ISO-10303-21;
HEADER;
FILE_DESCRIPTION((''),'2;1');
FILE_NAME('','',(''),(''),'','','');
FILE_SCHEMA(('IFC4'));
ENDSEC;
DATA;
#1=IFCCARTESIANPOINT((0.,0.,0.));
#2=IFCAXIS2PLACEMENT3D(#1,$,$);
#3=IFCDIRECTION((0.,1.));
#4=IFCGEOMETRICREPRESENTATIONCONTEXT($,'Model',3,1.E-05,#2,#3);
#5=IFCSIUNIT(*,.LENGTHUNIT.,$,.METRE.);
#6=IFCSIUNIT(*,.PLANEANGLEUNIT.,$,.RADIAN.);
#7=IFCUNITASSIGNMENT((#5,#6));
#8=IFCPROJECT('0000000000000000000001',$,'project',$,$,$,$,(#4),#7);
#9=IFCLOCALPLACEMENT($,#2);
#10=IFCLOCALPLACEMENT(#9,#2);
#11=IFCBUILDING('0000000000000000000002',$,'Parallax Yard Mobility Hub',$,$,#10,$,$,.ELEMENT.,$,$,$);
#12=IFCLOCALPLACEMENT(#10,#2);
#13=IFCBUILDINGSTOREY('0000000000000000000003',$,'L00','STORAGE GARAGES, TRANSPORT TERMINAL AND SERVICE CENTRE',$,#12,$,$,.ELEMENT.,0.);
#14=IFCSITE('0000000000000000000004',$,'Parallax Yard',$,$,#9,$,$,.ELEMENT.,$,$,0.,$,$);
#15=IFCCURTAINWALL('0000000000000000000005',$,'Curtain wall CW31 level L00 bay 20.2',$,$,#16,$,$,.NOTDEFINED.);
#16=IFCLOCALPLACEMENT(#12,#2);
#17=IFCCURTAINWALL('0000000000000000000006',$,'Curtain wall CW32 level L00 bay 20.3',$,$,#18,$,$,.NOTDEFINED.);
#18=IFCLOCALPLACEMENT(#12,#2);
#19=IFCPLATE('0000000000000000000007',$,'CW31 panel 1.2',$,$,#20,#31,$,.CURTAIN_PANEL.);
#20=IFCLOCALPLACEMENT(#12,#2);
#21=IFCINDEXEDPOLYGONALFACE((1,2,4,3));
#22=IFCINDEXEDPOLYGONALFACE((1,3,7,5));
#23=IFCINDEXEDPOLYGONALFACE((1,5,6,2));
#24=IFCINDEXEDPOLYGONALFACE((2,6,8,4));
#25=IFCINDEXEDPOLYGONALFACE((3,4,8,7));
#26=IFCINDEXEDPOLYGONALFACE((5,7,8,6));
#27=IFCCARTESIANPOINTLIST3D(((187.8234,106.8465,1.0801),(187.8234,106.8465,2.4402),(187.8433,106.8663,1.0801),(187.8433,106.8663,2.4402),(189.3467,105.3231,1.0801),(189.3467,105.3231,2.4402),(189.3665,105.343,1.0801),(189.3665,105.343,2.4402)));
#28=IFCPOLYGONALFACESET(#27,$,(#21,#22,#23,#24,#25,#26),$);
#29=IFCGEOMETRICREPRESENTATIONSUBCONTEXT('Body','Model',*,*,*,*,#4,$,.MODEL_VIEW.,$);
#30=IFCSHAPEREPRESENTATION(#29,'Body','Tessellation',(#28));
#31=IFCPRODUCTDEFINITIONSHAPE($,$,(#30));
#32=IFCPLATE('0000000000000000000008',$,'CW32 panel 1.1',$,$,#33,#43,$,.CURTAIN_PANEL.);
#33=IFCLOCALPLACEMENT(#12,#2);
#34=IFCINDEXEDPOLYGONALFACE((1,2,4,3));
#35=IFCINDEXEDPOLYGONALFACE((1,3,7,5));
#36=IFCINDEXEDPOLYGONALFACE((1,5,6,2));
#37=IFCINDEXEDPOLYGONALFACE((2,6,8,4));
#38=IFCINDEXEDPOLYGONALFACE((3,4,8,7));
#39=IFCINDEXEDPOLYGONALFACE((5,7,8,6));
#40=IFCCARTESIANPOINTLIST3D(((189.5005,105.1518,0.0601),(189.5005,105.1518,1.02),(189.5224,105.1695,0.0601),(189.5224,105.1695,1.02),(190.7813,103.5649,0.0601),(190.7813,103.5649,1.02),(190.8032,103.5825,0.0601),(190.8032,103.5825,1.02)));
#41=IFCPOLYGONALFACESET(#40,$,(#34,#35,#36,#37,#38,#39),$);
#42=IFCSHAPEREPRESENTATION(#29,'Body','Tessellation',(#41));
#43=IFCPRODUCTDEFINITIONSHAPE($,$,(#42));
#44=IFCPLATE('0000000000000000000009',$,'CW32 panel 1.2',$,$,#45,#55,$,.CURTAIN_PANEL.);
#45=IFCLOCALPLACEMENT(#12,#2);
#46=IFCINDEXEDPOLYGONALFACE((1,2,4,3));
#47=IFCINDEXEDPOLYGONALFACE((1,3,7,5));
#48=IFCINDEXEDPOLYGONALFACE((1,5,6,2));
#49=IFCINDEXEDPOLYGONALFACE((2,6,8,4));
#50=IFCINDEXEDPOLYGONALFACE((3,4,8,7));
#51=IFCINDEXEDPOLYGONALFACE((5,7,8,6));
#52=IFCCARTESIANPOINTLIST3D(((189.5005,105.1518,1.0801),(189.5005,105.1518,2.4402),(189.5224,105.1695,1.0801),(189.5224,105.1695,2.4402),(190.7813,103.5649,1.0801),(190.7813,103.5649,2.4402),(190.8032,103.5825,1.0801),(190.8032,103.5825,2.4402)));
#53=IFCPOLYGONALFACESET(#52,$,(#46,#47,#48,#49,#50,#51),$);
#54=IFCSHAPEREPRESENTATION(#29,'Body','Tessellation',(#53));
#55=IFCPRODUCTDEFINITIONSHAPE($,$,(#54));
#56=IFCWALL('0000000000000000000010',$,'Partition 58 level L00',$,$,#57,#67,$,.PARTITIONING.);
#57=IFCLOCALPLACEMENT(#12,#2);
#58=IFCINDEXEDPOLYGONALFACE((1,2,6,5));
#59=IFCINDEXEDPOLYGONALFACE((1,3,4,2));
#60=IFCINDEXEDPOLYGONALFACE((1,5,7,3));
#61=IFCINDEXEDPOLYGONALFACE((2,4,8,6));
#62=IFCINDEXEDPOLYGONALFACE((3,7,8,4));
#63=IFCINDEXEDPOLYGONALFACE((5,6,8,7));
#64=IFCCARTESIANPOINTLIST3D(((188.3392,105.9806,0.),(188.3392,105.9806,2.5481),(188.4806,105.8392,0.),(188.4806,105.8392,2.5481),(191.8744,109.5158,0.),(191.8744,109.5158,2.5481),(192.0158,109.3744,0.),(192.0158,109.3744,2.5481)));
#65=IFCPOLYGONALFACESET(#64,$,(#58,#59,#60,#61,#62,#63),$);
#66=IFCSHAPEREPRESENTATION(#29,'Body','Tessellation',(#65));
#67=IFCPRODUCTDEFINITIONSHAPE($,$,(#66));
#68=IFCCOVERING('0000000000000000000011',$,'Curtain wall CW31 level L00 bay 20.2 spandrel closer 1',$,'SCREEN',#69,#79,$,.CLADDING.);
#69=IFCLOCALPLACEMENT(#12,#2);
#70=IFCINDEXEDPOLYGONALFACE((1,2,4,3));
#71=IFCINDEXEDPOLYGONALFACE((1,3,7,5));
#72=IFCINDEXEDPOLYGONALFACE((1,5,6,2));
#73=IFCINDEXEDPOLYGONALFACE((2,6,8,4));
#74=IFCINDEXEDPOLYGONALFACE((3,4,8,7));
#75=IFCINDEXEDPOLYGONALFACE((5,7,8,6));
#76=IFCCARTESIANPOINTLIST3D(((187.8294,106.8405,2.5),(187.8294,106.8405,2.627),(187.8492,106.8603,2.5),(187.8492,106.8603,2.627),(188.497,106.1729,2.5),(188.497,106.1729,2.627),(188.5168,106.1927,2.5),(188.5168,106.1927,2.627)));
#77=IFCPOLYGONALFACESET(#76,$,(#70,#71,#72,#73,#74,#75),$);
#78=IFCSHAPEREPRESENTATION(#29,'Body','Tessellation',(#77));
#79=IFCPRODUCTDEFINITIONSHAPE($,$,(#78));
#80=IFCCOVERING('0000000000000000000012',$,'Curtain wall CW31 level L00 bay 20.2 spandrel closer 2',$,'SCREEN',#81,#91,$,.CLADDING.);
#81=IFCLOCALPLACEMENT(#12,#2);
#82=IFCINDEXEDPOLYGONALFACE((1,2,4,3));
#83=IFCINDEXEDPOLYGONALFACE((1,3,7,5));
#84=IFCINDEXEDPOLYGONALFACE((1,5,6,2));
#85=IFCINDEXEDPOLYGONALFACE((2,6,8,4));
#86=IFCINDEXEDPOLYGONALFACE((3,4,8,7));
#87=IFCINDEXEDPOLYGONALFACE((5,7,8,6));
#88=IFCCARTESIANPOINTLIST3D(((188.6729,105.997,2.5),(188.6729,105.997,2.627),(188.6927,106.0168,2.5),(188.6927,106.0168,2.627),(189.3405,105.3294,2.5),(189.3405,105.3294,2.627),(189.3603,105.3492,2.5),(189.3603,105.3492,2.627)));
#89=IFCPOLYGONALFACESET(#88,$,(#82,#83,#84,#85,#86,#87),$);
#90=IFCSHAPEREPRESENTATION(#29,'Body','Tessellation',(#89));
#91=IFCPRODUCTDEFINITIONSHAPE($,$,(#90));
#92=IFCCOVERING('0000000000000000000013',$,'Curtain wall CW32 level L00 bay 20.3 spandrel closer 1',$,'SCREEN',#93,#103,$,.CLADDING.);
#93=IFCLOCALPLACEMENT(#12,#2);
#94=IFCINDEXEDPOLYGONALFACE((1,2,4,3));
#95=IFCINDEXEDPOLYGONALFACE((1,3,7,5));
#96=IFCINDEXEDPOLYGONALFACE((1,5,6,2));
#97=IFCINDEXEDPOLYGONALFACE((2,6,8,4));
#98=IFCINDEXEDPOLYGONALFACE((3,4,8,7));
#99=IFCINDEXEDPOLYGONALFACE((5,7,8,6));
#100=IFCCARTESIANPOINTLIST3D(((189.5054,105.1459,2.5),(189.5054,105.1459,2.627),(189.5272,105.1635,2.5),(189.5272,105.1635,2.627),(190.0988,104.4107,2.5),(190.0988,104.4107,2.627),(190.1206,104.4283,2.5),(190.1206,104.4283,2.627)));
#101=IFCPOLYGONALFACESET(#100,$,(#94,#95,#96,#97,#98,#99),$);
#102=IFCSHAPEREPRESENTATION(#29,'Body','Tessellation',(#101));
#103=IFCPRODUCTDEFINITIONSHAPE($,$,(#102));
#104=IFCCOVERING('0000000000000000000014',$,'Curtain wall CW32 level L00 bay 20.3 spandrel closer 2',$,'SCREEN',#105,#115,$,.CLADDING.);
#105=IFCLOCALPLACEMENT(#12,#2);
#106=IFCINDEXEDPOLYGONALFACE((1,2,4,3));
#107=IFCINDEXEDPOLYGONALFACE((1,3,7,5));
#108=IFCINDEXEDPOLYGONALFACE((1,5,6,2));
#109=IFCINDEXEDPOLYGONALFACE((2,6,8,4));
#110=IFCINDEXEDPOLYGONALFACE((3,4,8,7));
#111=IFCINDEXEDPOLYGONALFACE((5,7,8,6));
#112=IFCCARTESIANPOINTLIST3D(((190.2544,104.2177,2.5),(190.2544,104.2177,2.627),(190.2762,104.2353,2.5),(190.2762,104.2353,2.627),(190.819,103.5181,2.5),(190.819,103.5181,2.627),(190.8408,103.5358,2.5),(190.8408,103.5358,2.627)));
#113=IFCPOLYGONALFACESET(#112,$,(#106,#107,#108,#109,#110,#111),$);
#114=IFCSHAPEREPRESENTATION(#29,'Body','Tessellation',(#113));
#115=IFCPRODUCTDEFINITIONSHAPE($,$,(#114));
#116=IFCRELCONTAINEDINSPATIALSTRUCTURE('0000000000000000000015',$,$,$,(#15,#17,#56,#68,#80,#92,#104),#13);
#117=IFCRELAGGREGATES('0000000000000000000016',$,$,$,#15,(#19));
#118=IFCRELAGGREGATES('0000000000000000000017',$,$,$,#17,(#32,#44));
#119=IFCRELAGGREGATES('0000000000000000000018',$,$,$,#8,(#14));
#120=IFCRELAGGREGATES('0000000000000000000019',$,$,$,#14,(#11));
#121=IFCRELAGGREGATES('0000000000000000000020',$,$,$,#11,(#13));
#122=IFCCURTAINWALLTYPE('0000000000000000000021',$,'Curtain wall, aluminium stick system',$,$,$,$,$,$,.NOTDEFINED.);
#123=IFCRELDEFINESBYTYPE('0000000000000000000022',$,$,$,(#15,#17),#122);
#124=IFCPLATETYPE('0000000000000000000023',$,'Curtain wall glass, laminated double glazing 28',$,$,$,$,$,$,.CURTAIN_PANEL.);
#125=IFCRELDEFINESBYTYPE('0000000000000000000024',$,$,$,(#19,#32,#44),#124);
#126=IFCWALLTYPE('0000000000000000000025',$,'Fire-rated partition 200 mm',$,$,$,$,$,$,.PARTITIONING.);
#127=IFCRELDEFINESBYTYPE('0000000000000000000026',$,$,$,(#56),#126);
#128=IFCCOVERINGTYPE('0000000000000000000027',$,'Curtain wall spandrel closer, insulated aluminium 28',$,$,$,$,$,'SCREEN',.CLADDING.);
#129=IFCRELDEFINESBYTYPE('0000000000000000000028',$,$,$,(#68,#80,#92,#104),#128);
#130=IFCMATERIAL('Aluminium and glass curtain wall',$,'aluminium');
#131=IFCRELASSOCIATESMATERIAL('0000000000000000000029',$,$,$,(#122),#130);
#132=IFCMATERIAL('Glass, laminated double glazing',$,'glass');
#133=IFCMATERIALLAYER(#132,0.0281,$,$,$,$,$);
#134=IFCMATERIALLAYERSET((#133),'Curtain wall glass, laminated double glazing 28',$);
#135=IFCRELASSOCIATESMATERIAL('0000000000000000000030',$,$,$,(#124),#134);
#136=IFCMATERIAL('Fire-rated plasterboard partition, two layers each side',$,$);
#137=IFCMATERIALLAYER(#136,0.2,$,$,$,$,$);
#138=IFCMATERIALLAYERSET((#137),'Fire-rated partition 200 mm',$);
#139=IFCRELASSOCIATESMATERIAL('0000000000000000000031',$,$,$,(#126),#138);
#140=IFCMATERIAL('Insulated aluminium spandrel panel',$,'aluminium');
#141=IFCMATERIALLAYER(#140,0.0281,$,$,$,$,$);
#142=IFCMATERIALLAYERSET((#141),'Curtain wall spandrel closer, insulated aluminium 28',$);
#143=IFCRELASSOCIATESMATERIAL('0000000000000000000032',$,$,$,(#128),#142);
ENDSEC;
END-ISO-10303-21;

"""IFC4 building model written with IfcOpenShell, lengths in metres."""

from ifc_helpers import new_model, si_unit, direction, frame, frame_2d, origin, origin_2d, place, context, subcontext, project, spatial, rectangle, extrude, material, layer, layer_set, type_object, element, aggregate, save


model = new_model("IFC4")

# Units and contexts
model_context = context("Model", 3, precision=1e-05, world=origin(), true_north=direction((0.0, 1.0)))
body_context = subcontext(model_context, "Body", "Model", "MODEL_VIEW")
ifc_project = project(units=[si_unit("LENGTHUNIT", "METRE"), si_unit("PLANEANGLEUNIT", "RADIAN")], contexts=[model_context])

# Site, building, storey
site_placement = place(None, origin())
site = spatial("IfcSite", under=ifc_project, at=site_placement, Name="Parallax Yard", CompositionType="ELEMENT", RefElevation=0.0)
building_placement = place(site_placement, origin())
building = spatial("IfcBuilding", under=site, at=building_placement, Name="Parallax Yard Mobility Hub", CompositionType="ELEMENT")
storey_placement = place(building_placement, origin())
storey = spatial("IfcBuildingStorey", under=building, at=storey_placement, Name="L00", Description="STORAGE GARAGES, TRANSPORT TERMINAL AND SERVICE CENTRE", CompositionType="ELEMENT", Elevation=0.0)

# Shared definitions
ifc_material_1 = material(Name="Aluminium and glass curtain wall", Category="aluminium")
curtain_wall_type = type_object("IfcCurtainWallType", Name="Curtain wall, aluminium stick system", PredefinedType="NOTDEFINED", material=ifc_material_1)

# Curtain walls
curtain_wall_1_placement = place(storey_placement, origin())
curtain_wall_1 = element("IfcCurtainWall", 1, at=curtain_wall_1_placement, inside=storey, type_object=curtain_wall_type, Name="Curtain wall CW31 level L00 bay 20.2", PredefinedType="NOTDEFINED")
curtain_wall_2_placement = place(storey_placement, origin())
curtain_wall_2 = element("IfcCurtainWall", 2, at=curtain_wall_2_placement, inside=storey, type_object=curtain_wall_type, Name="Curtain wall CW32 level L00 bay 20.3", PredefinedType="NOTDEFINED")

# Plates
ifc_material_2 = material(Name="Glass, laminated double glazing", Category="glass")
ifc_layer_1 = layer(ifc_material_2, 0.0281)
ifc_layer_set_1 = layer_set([ifc_layer_1], Name="Curtain wall glass, laminated double glazing 28")
plate_type = type_object("IfcPlateType", Name="Curtain wall glass, laminated double glazing 28", PredefinedType="CURTAIN_PANEL", material=ifc_layer_set_1)
plate_1_placement = place(storey_placement, frame((188.595, 106.0947, 1.0801), z_axis=(0.0, 0.0, 1.0), x_axis=(0.707085, -0.707129, 0.0)))
plate_1 = element("IfcPlate", 3, at=plate_1_placement, type_object=plate_type, Name="CW31 panel 1.2", PredefinedType="CURTAIN_PANEL", context=body_context, shape_type="SweptSolid", body=[
    extrude(rectangle(XDim=2.1543, YDim=0.0281, at=origin_2d()), origin(), (0.0, 0.0, 1.0), 1.3601),
])
aggregate(curtain_wall_1, [plate_1])
plate_2_placement = place(storey_placement, frame((190.1519, 104.3672, 0.0601), z_axis=(0.0, 0.0, 1.0), x_axis=(0.628038, -0.778182, 0.0)))
plate_2 = element("IfcPlate", 4, at=plate_2_placement, type_object=plate_type, Name="CW32 panel 1.1", PredefinedType="CURTAIN_PANEL", context=body_context, shape_type="SweptSolid", body=[
    extrude(rectangle(XDim=2.0393, YDim=0.0281, at=origin_2d()), origin(), (0.0, 0.0, 1.0), 0.96),
])
plate_3_placement = place(storey_placement, frame((190.1519, 104.3672, 1.0801), z_axis=(0.0, 0.0, 1.0), x_axis=(0.628038, -0.778182, 0.0)))
plate_3 = element("IfcPlate", 5, at=plate_3_placement, type_object=plate_type, Name="CW32 panel 1.2", PredefinedType="CURTAIN_PANEL", context=body_context, shape_type="SweptSolid", body=[
    extrude(rectangle(XDim=2.0393, YDim=0.0281, at=origin_2d()), origin(), (0.0, 0.0, 1.0), 1.3601),
])
aggregate(curtain_wall_2, [plate_2, plate_3])

# Wall
ifc_material_3 = material(Name="Fire-rated plasterboard partition, two layers each side")
ifc_layer_2 = layer(ifc_material_3, 0.2)
ifc_layer_set_2 = layer_set([ifc_layer_2], Name="Fire-rated partition 200 mm")
wall_type = type_object("IfcWallType", Name="Fire-rated partition 200 mm", PredefinedType="PARTITIONING", material=ifc_layer_set_2)
wall_placement = place(storey_placement, frame((188.4099, 105.9099, 0.0), z_axis=(0.0, 0.0, 1.0), x_axis=(0.707107, 0.707107, 0.0)))
element("IfcWall", 6, at=wall_placement, inside=storey, type_object=wall_type, Name="Partition 58 level L00", PredefinedType="PARTITIONING", context=body_context, shape_type="SweptSolid", body=[
    extrude(rectangle(XDim=4.9995, YDim=0.2, at=frame_2d((2.4998, 0.0))), origin(), (0.0, 0.0, 1.0), 2.5481),
])

# Coverings
ifc_material_4 = material(Name="Insulated aluminium spandrel panel", Category="aluminium")
ifc_layer_3 = layer(ifc_material_4, 0.0281)
ifc_layer_set_3 = layer_set([ifc_layer_3], Name="Curtain wall spandrel closer, insulated aluminium 28")
covering_type = type_object("IfcCoveringType", Name="Curtain wall spandrel closer, insulated aluminium 28", ElementType="SCREEN", PredefinedType="CLADDING", material=ifc_layer_set_3)
for number, where, z_axis, x_axis, name in (
    (7, (188.1731, 106.5166, 2.5), (0.0, 0.0, 1.0), (0.707103, -0.70711, 0.0), "Curtain wall CW31 level L00 bay 20.2 spandrel closer 1"),
    (8, (189.0166, 105.6731, 2.5), (0.0, 0.0, 1.0), (0.707103, -0.70711, 0.0), "Curtain wall CW31 level L00 bay 20.2 spandrel closer 2"),
):
    element("IfcCovering", number, at=place(storey_placement, frame(where, z_axis=z_axis, x_axis=x_axis)), inside=storey, type_object=covering_type, Name=name, ObjectType="SCREEN", PredefinedType="CLADDING", context=body_context, shape_type="SweptSolid", body=[
        extrude(rectangle(XDim=0.9441, YDim=0.0281, at=origin_2d()), origin(), (0.0, 0.0, 1.0), 0.127),
    ])
covering_1_placement = place(storey_placement, frame((189.813, 104.7871, 2.5), z_axis=(0.0, 0.0, 1.0), x_axis=(0.628043, -0.778178, 0.0)))
element("IfcCovering", 9, at=covering_1_placement, inside=storey, type_object=covering_type, Name="Curtain wall CW32 level L00 bay 20.3 spandrel closer 1", ObjectType="SCREEN", PredefinedType="CLADDING", context=body_context, shape_type="SweptSolid", body=[
    extrude(rectangle(XDim=0.9448, YDim=0.0281, at=origin_2d()), origin(), (0.0, 0.0, 1.0), 0.127),
])
covering_2_placement = place(storey_placement, frame((190.5476, 103.8767, 2.5), z_axis=(0.0, 0.0, 1.0), x_axis=(0.628043, -0.778178, 0.0)))
element("IfcCovering", 10, at=covering_2_placement, inside=storey, type_object=covering_type, Name="Curtain wall CW32 level L00 bay 20.3 spandrel closer 2", ObjectType="SCREEN", PredefinedType="CLADDING", context=body_context, shape_type="SweptSolid", body=[
    extrude(rectangle(XDim=0.8989, YDim=0.0281, at=origin_2d()), origin(), (0.0, 0.0, 1.0), 0.127),
])

save(model, "model.ifc")
